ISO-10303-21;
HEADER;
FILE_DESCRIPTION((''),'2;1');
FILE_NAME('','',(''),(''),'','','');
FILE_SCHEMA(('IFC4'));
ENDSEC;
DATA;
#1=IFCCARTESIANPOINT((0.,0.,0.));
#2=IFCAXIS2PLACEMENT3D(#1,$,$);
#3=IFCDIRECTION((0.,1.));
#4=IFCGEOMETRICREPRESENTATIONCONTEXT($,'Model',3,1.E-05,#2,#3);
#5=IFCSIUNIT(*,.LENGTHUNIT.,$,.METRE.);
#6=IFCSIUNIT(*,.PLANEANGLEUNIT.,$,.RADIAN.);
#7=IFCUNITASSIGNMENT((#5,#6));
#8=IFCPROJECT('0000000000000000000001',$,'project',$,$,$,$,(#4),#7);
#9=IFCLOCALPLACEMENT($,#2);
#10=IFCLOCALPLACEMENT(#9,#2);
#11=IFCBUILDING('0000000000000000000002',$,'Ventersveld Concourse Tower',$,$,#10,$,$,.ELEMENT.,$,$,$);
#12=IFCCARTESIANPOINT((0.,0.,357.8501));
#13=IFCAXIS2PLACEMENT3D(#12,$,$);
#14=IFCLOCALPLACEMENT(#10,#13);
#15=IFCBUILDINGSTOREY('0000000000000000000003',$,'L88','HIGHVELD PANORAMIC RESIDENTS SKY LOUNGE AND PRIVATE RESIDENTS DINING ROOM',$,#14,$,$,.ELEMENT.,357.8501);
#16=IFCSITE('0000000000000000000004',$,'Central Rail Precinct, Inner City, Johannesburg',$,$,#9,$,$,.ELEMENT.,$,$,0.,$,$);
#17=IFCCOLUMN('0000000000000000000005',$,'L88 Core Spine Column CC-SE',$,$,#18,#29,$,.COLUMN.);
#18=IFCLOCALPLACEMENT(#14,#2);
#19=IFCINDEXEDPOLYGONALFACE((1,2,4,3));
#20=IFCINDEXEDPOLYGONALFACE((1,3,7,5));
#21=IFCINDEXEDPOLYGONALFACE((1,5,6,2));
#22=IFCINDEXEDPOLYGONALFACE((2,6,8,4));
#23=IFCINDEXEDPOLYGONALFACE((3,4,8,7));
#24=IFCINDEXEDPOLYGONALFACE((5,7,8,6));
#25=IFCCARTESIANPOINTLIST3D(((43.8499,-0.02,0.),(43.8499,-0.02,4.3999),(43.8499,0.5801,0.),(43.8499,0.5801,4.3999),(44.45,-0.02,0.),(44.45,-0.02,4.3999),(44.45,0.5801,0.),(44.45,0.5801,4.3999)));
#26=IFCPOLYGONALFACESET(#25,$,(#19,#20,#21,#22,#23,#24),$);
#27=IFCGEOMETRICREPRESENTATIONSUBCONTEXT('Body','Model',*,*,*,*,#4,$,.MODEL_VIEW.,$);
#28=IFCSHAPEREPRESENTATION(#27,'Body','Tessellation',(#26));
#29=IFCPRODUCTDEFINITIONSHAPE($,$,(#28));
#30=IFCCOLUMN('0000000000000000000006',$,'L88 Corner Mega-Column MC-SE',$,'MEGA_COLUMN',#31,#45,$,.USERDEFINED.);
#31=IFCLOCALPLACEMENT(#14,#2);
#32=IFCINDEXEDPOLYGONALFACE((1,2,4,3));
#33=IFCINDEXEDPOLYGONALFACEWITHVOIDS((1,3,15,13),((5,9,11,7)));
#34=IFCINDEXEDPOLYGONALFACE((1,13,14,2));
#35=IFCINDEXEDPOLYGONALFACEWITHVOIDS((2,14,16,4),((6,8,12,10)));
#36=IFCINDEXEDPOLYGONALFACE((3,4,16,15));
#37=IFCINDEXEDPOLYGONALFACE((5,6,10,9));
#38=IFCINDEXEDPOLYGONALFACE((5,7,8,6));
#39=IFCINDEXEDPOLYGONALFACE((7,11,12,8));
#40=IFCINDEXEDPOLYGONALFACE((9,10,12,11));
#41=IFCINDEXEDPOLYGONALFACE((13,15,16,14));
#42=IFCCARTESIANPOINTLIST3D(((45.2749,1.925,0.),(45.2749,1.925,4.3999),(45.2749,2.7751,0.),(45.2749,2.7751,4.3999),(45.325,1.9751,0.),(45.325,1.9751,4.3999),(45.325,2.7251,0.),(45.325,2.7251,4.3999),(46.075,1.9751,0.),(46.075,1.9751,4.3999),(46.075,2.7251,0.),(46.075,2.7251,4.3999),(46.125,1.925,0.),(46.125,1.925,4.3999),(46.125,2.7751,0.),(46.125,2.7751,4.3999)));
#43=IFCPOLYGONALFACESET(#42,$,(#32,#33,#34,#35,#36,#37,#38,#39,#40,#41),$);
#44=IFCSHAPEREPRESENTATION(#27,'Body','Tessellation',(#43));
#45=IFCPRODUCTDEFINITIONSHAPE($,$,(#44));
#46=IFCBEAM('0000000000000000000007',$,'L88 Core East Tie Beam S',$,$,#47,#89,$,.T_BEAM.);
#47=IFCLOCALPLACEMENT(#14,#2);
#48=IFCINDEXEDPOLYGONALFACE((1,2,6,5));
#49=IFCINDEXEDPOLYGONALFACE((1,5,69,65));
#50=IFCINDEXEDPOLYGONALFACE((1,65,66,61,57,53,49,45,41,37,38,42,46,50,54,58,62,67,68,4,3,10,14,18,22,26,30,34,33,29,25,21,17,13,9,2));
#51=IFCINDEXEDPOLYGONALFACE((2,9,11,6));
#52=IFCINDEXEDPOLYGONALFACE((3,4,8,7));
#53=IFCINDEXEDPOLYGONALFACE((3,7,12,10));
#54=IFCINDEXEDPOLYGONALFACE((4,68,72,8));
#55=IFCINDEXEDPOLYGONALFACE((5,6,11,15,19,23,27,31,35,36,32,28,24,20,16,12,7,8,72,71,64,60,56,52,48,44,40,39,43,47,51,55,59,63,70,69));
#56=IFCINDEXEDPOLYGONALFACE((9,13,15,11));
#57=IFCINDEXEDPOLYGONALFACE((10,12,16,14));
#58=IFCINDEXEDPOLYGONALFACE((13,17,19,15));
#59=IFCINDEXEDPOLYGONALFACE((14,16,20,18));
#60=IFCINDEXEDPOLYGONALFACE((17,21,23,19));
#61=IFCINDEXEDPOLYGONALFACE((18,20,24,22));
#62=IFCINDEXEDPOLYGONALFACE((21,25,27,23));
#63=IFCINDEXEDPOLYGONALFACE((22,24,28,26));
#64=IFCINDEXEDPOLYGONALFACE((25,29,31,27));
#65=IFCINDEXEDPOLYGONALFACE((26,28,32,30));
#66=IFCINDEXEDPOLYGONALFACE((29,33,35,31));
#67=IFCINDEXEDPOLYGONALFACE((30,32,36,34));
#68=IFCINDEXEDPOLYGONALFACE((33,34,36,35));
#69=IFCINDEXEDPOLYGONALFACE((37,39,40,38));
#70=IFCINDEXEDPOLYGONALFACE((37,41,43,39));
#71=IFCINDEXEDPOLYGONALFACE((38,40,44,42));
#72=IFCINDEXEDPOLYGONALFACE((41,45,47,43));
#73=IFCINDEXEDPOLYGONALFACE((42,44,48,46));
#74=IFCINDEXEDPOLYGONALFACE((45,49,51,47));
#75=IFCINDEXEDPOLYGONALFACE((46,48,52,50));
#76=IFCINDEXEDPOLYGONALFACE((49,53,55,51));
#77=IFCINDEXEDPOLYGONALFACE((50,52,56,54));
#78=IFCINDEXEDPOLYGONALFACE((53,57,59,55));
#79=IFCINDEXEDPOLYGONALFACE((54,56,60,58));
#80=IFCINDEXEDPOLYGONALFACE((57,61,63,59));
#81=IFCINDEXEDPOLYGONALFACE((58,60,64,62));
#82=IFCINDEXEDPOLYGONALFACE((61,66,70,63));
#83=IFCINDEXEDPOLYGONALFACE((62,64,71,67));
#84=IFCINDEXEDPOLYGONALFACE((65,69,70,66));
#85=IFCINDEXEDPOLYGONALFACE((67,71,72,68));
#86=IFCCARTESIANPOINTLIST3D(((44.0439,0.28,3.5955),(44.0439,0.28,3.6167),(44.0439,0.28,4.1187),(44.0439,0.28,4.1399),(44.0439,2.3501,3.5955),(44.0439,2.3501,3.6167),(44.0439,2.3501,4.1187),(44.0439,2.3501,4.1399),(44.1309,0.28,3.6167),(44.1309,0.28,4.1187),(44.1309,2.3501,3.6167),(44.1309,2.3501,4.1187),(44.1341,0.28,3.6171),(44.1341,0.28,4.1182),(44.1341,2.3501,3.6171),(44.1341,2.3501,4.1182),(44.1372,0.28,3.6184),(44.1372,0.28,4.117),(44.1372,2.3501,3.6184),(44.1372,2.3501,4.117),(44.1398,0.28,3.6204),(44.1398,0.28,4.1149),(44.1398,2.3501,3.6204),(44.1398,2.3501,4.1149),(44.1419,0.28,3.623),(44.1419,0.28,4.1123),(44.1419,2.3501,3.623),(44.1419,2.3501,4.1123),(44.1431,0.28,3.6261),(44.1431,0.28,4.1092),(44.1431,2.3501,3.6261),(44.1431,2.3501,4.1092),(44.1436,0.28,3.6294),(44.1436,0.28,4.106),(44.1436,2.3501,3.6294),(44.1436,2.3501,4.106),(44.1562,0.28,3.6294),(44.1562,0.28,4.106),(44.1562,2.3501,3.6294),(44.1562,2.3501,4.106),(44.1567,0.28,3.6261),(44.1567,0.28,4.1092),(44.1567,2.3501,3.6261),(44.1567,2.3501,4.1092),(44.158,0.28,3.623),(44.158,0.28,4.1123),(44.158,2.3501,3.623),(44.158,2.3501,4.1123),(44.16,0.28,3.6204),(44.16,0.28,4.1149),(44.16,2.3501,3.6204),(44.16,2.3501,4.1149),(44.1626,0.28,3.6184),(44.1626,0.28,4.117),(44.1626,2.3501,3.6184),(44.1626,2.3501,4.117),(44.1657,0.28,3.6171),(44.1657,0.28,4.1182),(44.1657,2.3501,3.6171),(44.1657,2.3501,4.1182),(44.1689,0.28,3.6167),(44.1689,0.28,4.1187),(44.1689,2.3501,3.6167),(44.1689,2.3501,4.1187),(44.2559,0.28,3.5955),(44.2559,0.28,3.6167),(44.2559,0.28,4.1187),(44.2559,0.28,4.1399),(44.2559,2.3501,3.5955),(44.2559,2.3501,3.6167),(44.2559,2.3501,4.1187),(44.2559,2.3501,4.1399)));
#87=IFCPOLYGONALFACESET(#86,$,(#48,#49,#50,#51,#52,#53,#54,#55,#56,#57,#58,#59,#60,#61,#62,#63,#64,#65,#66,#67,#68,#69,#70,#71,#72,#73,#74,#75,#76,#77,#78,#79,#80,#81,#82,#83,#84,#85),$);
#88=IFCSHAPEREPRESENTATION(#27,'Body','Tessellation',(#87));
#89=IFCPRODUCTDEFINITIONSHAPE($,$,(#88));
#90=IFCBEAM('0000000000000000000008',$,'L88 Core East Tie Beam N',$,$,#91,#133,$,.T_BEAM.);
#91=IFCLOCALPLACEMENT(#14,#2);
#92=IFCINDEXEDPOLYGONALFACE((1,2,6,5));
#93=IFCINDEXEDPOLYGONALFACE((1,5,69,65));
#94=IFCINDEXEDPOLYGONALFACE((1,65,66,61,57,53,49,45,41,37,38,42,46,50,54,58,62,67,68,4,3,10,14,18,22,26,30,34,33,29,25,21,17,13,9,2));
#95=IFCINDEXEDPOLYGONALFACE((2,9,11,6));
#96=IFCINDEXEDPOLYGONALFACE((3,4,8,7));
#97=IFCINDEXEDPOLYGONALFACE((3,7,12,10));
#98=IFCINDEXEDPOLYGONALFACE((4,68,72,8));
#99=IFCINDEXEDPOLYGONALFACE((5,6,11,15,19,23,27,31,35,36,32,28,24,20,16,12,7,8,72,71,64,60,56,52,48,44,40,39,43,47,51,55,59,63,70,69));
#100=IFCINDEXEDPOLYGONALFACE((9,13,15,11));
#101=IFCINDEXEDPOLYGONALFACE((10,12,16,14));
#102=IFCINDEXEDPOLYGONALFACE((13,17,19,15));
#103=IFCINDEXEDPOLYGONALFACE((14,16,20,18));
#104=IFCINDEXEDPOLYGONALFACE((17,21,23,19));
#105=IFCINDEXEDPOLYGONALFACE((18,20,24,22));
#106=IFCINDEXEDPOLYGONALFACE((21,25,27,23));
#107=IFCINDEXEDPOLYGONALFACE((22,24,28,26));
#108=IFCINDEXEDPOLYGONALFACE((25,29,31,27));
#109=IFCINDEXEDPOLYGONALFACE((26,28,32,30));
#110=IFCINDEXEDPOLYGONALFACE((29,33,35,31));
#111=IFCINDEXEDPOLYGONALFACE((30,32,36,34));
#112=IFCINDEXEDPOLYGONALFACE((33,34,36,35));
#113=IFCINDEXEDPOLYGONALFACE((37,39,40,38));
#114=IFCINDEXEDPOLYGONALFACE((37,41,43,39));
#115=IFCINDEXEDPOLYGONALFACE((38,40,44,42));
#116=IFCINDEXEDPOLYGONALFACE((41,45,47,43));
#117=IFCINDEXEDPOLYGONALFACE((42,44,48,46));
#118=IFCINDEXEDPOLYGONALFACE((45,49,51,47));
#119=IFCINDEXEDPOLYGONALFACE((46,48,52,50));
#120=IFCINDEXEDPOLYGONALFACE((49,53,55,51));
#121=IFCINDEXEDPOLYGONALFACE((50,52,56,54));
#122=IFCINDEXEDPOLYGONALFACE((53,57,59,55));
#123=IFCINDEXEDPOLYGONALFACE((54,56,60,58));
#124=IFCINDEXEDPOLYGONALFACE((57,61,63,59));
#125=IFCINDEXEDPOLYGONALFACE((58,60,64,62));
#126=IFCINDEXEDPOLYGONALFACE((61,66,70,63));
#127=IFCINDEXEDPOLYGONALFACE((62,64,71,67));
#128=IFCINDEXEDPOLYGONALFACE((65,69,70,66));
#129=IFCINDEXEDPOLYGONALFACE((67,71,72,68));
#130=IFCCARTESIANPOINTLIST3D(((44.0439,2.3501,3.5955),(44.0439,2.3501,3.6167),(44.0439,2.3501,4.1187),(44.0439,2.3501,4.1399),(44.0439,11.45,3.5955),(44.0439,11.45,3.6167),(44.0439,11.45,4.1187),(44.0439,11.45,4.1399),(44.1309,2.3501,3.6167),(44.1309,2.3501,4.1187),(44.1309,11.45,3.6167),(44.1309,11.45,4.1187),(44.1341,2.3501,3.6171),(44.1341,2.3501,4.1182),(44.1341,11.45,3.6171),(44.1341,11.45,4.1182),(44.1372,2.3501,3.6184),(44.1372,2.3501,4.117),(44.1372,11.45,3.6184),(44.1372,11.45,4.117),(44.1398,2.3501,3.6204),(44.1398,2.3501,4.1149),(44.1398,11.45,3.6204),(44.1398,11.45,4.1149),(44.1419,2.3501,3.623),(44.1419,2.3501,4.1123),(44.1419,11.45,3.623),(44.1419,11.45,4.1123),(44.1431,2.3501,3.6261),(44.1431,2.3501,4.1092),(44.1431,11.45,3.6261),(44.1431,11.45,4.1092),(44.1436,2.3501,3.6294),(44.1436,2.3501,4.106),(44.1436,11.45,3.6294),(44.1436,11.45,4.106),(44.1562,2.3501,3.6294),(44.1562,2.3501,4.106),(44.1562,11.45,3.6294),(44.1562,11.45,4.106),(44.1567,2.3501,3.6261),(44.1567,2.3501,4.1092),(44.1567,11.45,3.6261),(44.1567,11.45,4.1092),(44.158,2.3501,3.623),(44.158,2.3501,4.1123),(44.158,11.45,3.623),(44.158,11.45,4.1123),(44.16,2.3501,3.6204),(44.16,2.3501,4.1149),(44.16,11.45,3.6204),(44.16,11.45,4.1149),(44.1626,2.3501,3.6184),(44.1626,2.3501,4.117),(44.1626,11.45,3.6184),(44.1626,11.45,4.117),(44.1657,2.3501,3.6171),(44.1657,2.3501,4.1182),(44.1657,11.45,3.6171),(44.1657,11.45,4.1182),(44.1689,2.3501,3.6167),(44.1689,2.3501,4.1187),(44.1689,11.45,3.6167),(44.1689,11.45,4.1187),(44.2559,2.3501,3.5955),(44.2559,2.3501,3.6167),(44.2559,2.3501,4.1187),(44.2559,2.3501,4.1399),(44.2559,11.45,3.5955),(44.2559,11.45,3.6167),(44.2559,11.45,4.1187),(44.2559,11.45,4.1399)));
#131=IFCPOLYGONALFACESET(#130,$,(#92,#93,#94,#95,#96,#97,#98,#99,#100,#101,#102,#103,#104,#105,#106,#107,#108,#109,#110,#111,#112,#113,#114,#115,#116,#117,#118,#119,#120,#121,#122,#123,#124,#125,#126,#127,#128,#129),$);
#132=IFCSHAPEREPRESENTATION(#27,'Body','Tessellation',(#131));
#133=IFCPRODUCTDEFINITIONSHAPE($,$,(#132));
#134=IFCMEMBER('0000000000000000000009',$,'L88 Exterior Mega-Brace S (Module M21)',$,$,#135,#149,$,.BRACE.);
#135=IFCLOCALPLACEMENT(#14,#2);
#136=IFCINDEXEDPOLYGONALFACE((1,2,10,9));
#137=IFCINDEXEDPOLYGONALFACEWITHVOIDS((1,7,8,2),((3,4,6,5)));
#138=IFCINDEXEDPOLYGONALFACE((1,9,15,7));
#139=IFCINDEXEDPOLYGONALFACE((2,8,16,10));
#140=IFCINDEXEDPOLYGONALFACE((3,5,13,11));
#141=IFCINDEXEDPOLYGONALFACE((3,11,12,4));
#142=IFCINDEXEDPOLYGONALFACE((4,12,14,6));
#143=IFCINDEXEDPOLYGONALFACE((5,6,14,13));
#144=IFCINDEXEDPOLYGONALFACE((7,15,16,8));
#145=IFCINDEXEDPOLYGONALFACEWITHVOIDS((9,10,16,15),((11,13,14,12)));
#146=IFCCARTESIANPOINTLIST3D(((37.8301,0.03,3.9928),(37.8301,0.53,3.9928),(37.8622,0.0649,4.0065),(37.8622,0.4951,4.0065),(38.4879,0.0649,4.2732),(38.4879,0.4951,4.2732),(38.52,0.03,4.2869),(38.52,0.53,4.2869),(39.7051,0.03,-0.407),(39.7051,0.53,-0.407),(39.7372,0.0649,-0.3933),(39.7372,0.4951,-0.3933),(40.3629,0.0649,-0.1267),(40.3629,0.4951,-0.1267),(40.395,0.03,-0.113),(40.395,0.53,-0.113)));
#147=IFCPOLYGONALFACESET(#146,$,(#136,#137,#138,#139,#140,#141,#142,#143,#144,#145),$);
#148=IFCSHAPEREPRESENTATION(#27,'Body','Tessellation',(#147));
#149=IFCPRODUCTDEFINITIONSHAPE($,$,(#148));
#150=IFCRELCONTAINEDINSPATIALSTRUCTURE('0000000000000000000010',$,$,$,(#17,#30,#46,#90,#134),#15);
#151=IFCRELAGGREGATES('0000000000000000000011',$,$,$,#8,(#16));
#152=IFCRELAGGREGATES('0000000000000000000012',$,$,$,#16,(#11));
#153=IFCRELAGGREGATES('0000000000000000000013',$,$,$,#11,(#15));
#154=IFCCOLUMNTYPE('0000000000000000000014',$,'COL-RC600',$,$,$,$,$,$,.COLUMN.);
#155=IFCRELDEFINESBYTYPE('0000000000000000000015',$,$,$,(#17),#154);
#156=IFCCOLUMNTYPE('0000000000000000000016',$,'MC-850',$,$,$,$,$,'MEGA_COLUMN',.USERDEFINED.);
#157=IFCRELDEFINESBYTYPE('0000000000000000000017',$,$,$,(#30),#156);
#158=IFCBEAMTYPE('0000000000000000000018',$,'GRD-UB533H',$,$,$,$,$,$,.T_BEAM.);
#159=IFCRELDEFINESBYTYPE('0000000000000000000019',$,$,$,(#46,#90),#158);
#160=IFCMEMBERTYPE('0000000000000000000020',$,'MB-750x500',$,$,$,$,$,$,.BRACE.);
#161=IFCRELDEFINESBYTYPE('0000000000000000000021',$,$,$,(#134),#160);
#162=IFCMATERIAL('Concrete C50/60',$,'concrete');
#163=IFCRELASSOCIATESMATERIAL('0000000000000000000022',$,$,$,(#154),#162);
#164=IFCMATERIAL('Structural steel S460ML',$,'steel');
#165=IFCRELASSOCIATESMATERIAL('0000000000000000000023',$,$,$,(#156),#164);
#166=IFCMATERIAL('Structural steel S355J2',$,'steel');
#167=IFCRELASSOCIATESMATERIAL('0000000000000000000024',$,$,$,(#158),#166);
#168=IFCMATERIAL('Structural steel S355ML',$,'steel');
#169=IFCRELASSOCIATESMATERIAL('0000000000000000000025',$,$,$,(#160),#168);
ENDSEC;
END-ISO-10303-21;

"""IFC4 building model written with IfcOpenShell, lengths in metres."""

from ifc_helpers import new_model, si_unit, direction, frame, origin, origin_2d, place, context, subcontext, project, spatial, rectangle, hollow_rectangle, i_section, extrude, material, material_profile, profile_set, type_object, element, save


model = new_model("IFC4")

# Units and contexts
model_context = context("Model", 3, precision=1e-05, world=origin(), true_north=direction((0.0, 1.0)))
body_context = subcontext(model_context, "Body", "Model", "MODEL_VIEW")
ifc_project = project(units=[si_unit("LENGTHUNIT", "METRE"), si_unit("PLANEANGLEUNIT", "RADIAN")], contexts=[model_context])

# Site, building, storey
site_placement = place(None, origin())
site = spatial("IfcSite", under=ifc_project, at=site_placement, Name="Central Rail Precinct, Inner City, Johannesburg", CompositionType="ELEMENT", RefElevation=0.0)
building_placement = place(site_placement, origin())
building = spatial("IfcBuilding", under=site, at=building_placement, Name="Ventersveld Concourse Tower", CompositionType="ELEMENT")
storey_placement = place(building_placement, frame((0.0, 0.0, 357.8501)))
storey = spatial("IfcBuildingStorey", under=building, at=storey_placement, Name="L88", Description="HIGHVELD PANORAMIC RESIDENTS SKY LOUNGE AND PRIVATE RESIDENTS DINING ROOM", CompositionType="ELEMENT", Elevation=357.8501)

# Columns
ifc_material_1 = material(Name="Concrete C50/60", Category="concrete")
ifc_material_profile_1 = material_profile(ifc_material_1, rectangle(XDim=0.6001, YDim=0.6001, at=origin_2d()), Name="RC 600x600")
ifc_profile_set_1 = profile_set([ifc_material_profile_1], Name="Concrete C50/60")
column_type_1 = type_object("IfcColumnType", Name="COL-RC600", PredefinedType="COLUMN", material=ifc_profile_set_1)
column_1_placement = place(storey_placement, frame((44.1499, 0.28, 0.0), z_axis=(0.0, 0.0, 1.0), x_axis=(1.0, 0.0, 0.0)))
element("IfcColumn", 1, at=column_1_placement, inside=storey, type_object=column_type_1, Name="L88 Core Spine Column CC-SE", PredefinedType="COLUMN", context=body_context, shape_type="SweptSolid", body=[
    extrude(rectangle(XDim=0.6001, YDim=0.6001, at=origin_2d()), origin(), (0.0, 0.0, 1.0), 4.3999),
])
ifc_material_2 = material(Name="Structural steel S460ML", Category="steel")
ifc_material_profile_2 = material_profile(ifc_material_2, hollow_rectangle(XDim=0.8501, YDim=0.8501, WallThickness=0.05, at=origin_2d()), Name="BOX 850x850x50")
ifc_profile_set_2 = profile_set([ifc_material_profile_2], Name="Structural steel S460ML")
column_type_2 = type_object("IfcColumnType", Name="MC-850", ElementType="MEGA_COLUMN", PredefinedType="USERDEFINED", material=ifc_profile_set_2)
column_2_placement = place(storey_placement, frame((45.7, 2.3501, 0.0), z_axis=(0.0, 0.0, 1.0), x_axis=(1.0, 0.0, 0.0)))
element("IfcColumn", 2, at=column_2_placement, inside=storey, type_object=column_type_2, Name="L88 Corner Mega-Column MC-SE", ObjectType="MEGA_COLUMN", PredefinedType="USERDEFINED", context=body_context, shape_type="SweptSolid", body=[
    extrude(hollow_rectangle(XDim=0.8501, YDim=0.8501, WallThickness=0.05, at=origin_2d()), origin(), (0.0, 0.0, 1.0), 4.3999),
])

# Beams
ifc_material_3 = material(Name="Structural steel S355J2", Category="steel")
ifc_material_profile_3 = material_profile(ifc_material_3, i_section(OverallWidth=0.2119, OverallDepth=0.5444, WebThickness=0.0127, FlangeThickness=0.0212, FilletRadius=0.0127, at=origin_2d()), Name="UB 533x210x122")
ifc_profile_set_3 = profile_set([ifc_material_profile_3], Name="Structural steel S355J2")
beam_type_1 = type_object("IfcBeamType", Name="GRD-UB533H", PredefinedType="T_BEAM", material=ifc_profile_set_3)
beam_1_placement = place(storey_placement, frame((44.1499, 0.28, 3.8677), z_axis=(0.0, 1.0, 0.0), x_axis=(-1.0, 0.0, 0.0)))
element("IfcBeam", 3, at=beam_1_placement, inside=storey, type_object=beam_type_1, Name="L88 Core East Tie Beam S", PredefinedType="T_BEAM", context=body_context, shape_type="SweptSolid", body=[
    extrude(i_section(OverallWidth=0.2119, OverallDepth=0.5444, WebThickness=0.0127, FlangeThickness=0.0212, FilletRadius=0.0127, at=origin_2d()), origin(), (0.0, 0.0, 1.0), 2.0701),
])
beam_2_placement = place(storey_placement, frame((44.1499, 2.3501, 3.8677), z_axis=(0.0, 1.0, 0.0), x_axis=(-1.0, 0.0, 0.0)))
element("IfcBeam", 4, at=beam_2_placement, inside=storey, type_object=beam_type_1, Name="L88 Core East Tie Beam N", PredefinedType="T_BEAM", context=body_context, shape_type="SweptSolid", body=[
    extrude(i_section(OverallWidth=0.2119, OverallDepth=0.5444, WebThickness=0.0127, FlangeThickness=0.0212, FilletRadius=0.0127, at=origin_2d()), origin(), (0.0, 0.0, 1.0), 9.0999),
])

# Member
ifc_material_4 = material(Name="Structural steel S355ML", Category="steel")
ifc_material_profile_4 = material_profile(ifc_material_4, hollow_rectangle(XDim=0.5, YDim=0.75, WallThickness=0.0349, at=origin_2d()), Name="BOX 750x500x35")
ifc_profile_set_4 = profile_set([ifc_material_profile_4], Name="Structural steel S355ML")
member_type = type_object("IfcMemberType", Name="MB-750x500", PredefinedType="BRACE", material=ifc_profile_set_4)
member_placement = place(storey_placement, frame((40.05, 0.28, -0.26), z_axis=(-0.392033, 0.0, 0.919951), x_axis=(0.0, -1.0, 0.0)))
element("IfcMember", 5, at=member_placement, inside=storey, type_object=member_type, Name="L88 Exterior Mega-Brace S (Module M21)", PredefinedType="BRACE", context=body_context, shape_type="SweptSolid", body=[
    extrude(hollow_rectangle(XDim=0.5, YDim=0.75, WallThickness=0.0349, at=origin_2d()), origin(), (0.0, 0.0, 1.0), 4.7827),
])

save(model, "model.ifc")
